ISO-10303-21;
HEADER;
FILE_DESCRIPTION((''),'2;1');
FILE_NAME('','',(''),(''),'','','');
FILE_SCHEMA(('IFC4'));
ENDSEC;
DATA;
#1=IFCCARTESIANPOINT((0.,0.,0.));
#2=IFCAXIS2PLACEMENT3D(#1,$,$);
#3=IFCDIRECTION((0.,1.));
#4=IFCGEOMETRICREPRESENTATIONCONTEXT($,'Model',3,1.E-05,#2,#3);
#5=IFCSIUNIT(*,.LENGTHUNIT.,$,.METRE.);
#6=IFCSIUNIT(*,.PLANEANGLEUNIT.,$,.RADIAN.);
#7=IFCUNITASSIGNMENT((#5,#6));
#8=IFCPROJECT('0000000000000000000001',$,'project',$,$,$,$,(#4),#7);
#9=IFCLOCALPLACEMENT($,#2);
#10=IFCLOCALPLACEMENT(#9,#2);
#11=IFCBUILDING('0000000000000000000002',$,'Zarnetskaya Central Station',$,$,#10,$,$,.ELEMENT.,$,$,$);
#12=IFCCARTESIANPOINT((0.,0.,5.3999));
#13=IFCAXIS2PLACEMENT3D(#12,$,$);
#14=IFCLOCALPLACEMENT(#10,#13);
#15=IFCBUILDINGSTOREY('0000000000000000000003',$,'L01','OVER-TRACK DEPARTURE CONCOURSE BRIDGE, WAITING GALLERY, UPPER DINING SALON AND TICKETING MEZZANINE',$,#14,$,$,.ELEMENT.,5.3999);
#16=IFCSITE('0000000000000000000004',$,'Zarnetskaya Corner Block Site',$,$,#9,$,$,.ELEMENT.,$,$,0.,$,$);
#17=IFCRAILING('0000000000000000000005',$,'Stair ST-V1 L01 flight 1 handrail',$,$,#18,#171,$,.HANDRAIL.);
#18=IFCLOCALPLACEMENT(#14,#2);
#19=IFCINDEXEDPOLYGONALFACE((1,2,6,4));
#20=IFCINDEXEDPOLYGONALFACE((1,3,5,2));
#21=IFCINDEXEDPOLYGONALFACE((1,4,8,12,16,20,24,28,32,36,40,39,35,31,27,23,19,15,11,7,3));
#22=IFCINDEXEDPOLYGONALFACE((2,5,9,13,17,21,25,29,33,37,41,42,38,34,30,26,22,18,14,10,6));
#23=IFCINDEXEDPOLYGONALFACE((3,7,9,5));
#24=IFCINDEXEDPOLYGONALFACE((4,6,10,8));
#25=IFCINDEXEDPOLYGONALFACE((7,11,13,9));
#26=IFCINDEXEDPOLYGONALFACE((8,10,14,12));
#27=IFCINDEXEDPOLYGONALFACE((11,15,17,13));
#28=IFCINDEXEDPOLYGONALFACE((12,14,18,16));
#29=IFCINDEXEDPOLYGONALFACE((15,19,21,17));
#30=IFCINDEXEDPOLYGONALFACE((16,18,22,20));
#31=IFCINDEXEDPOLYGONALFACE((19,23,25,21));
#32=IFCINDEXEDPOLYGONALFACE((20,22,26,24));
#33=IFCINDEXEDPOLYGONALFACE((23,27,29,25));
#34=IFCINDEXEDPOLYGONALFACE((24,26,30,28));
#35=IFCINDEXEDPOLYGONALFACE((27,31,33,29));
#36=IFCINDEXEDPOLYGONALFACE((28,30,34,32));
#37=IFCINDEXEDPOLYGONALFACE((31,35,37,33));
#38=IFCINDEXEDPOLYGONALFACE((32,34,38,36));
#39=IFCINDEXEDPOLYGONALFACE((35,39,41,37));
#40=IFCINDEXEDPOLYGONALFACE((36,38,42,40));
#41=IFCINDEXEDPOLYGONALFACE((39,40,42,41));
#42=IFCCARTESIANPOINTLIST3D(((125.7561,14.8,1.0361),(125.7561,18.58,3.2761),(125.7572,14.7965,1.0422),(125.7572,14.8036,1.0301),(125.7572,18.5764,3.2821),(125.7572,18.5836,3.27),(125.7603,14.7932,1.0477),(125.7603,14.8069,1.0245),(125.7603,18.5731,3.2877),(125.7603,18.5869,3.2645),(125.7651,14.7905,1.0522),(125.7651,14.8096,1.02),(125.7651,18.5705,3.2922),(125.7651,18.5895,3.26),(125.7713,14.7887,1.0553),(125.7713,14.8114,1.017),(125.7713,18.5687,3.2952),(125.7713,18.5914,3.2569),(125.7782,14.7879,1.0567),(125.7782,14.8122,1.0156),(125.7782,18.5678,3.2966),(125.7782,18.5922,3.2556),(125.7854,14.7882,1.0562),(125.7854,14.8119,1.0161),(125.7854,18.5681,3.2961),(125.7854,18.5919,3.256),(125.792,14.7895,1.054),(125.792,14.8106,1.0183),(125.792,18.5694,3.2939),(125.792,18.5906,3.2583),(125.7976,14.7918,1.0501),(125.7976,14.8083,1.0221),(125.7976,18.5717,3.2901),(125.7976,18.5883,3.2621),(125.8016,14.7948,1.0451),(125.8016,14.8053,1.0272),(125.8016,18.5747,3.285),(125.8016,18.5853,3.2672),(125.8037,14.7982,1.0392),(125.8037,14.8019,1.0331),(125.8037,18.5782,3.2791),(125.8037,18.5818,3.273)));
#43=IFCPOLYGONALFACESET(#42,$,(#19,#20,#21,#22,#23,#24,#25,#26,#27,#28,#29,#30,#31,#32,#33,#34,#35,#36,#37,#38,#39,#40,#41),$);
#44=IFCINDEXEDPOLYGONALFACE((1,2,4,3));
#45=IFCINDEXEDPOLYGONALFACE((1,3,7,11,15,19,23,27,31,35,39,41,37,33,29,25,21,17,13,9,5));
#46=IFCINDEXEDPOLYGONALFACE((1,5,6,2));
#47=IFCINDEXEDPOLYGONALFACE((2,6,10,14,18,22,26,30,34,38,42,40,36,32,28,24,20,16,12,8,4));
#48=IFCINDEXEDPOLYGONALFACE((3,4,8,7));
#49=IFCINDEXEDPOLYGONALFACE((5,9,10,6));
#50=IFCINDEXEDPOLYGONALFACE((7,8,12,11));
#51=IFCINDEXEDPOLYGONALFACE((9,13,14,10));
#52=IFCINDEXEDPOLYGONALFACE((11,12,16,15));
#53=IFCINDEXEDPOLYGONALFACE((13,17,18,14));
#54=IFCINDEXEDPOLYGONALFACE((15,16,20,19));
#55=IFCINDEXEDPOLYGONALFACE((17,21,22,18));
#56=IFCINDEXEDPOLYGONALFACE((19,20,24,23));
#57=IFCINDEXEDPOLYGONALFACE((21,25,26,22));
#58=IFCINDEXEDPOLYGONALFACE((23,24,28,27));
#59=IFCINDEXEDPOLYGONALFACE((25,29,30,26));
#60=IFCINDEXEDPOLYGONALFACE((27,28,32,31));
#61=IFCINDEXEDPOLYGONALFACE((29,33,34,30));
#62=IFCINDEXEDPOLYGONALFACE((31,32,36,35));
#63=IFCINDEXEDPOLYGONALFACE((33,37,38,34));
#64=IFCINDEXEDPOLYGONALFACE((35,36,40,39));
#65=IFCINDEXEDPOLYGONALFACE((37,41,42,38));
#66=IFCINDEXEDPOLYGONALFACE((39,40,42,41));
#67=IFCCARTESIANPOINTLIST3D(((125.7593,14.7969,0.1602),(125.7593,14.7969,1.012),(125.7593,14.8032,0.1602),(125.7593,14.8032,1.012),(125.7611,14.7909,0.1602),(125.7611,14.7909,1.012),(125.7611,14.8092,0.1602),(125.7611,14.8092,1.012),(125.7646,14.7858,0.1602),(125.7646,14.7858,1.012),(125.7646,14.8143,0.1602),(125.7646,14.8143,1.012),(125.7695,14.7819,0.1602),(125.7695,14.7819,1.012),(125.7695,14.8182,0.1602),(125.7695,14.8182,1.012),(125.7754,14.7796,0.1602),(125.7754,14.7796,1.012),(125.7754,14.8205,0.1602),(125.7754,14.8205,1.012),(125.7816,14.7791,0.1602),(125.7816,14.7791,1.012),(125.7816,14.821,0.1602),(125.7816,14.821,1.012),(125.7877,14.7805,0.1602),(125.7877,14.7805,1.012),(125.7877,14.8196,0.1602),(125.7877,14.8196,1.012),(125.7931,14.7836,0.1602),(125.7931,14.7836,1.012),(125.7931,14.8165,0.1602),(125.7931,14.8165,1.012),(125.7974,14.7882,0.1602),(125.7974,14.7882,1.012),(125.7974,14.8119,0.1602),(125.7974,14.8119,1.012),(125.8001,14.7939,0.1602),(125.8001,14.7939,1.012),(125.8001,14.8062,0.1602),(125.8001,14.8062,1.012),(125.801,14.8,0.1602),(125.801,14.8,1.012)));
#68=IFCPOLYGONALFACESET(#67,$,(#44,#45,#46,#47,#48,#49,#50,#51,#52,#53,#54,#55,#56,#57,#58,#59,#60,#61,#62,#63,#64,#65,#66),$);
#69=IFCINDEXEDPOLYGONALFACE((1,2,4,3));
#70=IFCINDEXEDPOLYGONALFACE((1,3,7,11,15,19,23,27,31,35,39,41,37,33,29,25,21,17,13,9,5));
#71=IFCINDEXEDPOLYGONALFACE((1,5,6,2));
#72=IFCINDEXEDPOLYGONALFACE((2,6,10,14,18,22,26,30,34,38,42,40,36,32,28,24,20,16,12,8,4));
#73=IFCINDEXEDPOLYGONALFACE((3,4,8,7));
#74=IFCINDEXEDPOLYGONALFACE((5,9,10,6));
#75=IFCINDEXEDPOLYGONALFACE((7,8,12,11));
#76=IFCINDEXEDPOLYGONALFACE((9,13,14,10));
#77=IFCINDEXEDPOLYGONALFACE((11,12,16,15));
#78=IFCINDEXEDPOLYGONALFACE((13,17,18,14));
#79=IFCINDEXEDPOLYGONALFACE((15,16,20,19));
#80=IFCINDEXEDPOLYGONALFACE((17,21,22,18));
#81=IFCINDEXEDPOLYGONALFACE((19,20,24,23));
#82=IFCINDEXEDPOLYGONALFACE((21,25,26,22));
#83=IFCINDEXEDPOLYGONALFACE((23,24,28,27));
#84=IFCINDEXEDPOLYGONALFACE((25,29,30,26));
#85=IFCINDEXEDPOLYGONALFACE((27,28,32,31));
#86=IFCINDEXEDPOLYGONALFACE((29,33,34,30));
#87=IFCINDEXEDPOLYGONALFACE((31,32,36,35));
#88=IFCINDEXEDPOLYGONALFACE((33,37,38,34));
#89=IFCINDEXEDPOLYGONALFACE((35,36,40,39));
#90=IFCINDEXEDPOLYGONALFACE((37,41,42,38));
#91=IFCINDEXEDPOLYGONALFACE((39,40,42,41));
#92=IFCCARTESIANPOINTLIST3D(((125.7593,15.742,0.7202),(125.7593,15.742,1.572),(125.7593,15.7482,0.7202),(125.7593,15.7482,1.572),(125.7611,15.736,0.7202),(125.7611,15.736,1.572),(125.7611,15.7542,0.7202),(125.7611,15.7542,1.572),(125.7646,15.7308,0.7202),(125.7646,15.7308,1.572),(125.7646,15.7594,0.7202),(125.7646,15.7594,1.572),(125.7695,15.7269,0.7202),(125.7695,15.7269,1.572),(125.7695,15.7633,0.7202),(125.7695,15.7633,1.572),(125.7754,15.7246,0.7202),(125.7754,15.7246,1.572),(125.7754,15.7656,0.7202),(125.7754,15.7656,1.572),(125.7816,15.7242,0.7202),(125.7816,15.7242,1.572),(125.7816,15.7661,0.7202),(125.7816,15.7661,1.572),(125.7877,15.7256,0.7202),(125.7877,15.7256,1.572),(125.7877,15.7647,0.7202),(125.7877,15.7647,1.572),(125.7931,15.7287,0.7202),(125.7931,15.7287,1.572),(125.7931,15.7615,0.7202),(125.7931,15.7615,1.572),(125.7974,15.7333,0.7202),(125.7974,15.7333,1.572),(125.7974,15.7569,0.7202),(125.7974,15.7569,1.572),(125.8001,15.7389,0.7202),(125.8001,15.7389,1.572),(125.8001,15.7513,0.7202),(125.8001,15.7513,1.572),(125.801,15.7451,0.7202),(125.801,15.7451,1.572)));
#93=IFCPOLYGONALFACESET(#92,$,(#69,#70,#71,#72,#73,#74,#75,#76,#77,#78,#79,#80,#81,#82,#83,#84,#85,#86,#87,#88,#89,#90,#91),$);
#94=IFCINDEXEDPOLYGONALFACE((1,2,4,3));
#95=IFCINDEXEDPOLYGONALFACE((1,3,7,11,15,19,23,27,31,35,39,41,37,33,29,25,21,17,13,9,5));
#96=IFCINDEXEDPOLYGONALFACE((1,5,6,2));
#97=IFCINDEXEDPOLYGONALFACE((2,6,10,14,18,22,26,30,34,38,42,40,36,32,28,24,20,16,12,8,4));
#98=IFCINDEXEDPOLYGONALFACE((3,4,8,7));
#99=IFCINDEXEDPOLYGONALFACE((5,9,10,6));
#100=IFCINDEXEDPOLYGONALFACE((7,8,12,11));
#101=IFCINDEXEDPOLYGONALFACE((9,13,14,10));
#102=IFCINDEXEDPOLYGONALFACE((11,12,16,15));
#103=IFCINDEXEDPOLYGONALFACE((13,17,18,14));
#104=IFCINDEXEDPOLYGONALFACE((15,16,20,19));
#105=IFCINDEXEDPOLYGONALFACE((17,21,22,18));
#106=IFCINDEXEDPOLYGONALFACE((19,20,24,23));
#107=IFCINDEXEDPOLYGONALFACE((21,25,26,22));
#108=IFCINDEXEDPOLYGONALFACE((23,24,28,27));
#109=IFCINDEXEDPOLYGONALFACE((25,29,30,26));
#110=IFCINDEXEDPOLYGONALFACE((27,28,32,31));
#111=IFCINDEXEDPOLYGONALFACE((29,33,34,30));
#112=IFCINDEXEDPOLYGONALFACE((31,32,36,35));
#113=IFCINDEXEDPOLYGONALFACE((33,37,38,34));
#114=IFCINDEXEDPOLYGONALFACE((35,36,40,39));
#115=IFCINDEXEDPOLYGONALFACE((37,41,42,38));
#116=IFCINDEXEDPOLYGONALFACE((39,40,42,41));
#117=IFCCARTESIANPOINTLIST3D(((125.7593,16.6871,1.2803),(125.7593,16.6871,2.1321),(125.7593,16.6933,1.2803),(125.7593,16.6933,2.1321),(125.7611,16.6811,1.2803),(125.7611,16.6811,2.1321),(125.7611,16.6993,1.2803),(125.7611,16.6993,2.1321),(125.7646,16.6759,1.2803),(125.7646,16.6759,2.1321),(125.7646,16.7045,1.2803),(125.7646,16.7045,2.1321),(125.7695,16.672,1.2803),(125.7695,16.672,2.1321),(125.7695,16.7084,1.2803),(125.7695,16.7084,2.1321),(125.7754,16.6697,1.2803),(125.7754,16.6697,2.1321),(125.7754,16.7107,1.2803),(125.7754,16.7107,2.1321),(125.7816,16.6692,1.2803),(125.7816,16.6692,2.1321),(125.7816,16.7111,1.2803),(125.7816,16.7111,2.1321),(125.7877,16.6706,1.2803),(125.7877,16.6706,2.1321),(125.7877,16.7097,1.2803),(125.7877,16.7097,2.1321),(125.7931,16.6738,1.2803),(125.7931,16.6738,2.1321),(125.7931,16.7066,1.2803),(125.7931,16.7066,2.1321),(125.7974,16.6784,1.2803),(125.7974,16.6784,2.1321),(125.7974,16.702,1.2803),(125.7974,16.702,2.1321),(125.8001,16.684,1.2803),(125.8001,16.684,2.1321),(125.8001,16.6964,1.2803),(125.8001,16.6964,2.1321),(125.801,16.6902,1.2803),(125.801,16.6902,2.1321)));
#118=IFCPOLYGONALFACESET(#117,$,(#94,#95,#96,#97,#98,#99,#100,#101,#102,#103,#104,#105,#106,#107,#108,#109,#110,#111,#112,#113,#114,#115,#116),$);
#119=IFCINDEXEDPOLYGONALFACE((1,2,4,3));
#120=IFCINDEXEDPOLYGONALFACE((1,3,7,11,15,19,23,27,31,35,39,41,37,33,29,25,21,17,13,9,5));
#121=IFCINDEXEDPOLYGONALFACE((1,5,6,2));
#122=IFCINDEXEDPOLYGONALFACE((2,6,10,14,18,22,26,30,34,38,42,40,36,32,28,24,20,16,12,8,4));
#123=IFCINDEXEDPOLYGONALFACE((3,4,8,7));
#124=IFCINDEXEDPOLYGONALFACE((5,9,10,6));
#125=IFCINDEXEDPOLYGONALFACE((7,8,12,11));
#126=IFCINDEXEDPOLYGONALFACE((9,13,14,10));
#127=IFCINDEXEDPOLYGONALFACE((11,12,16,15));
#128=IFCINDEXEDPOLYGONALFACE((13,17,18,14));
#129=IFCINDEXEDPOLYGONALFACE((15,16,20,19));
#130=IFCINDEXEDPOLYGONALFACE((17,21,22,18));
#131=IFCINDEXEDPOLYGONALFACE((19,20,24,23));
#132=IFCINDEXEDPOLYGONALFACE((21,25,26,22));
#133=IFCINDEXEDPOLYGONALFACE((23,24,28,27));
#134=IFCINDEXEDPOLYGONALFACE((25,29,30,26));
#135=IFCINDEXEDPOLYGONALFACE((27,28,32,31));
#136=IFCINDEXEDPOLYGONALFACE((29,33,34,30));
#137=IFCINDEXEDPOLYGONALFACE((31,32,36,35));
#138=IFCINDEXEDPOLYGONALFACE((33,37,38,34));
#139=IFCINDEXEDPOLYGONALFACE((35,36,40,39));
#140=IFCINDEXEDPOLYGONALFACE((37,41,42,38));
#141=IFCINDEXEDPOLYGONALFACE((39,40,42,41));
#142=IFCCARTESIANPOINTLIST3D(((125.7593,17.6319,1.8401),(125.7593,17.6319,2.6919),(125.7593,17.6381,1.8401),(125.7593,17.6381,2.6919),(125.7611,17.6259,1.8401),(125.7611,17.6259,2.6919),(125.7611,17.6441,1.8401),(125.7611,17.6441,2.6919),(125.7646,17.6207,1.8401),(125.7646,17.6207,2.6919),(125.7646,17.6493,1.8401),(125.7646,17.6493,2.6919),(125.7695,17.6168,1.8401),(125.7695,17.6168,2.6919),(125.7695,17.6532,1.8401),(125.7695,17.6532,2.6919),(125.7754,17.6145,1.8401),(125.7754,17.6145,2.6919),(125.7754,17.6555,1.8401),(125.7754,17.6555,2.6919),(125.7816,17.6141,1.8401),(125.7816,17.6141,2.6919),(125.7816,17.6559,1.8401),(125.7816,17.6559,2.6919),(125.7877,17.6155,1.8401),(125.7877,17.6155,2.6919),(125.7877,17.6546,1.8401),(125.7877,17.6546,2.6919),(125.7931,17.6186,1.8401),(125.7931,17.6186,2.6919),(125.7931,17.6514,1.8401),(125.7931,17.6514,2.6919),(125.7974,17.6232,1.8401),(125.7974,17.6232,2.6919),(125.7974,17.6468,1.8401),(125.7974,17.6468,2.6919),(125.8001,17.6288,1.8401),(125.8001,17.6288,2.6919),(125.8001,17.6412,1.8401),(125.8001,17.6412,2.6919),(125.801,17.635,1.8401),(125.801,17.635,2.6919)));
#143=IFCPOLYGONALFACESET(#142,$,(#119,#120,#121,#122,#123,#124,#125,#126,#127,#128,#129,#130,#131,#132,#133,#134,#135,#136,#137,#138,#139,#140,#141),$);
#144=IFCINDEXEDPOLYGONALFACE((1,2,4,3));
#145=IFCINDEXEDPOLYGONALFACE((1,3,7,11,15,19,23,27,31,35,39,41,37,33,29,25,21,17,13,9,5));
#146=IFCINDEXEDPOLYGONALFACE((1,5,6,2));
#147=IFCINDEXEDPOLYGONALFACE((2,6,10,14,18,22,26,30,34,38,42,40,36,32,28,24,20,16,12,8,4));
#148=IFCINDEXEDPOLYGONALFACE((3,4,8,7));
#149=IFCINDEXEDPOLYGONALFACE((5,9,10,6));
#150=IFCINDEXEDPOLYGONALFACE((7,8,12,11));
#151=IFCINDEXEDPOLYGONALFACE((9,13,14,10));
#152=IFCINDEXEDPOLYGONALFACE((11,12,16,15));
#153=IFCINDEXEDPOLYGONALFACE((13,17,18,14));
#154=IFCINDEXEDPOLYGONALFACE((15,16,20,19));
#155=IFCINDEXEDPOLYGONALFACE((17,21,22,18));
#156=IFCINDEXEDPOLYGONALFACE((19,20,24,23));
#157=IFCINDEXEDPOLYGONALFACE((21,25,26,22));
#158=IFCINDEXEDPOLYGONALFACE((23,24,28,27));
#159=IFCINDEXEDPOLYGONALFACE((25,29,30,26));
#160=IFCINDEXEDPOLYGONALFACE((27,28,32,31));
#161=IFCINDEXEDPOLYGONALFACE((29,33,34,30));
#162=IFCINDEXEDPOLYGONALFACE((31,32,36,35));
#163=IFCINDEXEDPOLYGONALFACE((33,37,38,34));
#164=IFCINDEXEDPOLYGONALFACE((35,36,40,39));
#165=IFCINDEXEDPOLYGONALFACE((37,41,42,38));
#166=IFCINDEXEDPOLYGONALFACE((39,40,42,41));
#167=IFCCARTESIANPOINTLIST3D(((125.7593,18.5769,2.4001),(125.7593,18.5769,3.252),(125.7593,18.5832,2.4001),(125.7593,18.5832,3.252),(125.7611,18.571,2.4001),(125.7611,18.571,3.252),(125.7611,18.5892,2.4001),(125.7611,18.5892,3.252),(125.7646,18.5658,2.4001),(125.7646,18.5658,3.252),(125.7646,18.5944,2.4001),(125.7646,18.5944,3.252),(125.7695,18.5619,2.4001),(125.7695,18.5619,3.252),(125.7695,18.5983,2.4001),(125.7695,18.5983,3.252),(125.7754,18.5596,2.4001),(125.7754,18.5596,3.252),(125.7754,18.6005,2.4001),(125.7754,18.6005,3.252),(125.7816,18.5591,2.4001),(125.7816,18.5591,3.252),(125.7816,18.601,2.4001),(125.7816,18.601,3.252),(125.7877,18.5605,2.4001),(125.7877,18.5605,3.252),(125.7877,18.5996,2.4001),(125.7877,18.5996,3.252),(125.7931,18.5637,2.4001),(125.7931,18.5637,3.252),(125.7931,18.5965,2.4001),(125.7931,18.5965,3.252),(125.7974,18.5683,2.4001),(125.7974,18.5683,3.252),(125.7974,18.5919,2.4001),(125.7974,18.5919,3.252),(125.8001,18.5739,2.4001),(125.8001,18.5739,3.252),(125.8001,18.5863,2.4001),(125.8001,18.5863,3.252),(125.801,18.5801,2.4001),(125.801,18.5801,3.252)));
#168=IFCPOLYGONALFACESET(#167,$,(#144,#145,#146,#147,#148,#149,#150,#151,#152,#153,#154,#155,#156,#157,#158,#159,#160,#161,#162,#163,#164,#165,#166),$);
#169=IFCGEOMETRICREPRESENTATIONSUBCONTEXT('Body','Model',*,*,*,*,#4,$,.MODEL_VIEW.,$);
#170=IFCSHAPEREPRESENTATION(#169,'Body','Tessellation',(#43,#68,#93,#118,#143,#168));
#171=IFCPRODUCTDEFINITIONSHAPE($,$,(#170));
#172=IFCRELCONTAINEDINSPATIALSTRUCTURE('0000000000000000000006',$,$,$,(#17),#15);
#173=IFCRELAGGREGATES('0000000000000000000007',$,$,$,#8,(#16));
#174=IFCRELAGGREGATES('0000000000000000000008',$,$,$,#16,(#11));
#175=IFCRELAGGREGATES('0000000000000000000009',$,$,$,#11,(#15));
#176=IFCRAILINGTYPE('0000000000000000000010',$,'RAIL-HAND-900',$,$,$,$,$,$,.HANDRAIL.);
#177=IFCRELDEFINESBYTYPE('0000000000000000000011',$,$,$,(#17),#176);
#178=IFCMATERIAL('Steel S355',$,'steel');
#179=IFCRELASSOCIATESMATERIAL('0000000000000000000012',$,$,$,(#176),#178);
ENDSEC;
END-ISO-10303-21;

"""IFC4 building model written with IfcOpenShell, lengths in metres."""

from ifc_helpers import new_model, si_unit, direction, frame, origin, origin_2d, place, context, subcontext, project, spatial, circle, extrude, material, type_object, element, save


model = new_model("IFC4")

# Units and contexts
model_context = context("Model", 3, precision=1e-05, world=origin(), true_north=direction((0.0, 1.0)))
body_context = subcontext(model_context, "Body", "Model", "MODEL_VIEW")
ifc_project = project(units=[si_unit("LENGTHUNIT", "METRE"), si_unit("PLANEANGLEUNIT", "RADIAN")], contexts=[model_context])

# Site, building, storey
site_placement = place(None, origin())
site = spatial("IfcSite", under=ifc_project, at=site_placement, Name="Zarnetskaya Corner Block Site", CompositionType="ELEMENT", RefElevation=0.0)
building_placement = place(site_placement, origin())
building = spatial("IfcBuilding", under=site, at=building_placement, Name="Zarnetskaya Central Station", CompositionType="ELEMENT")
storey_placement = place(building_placement, frame((0.0, 0.0, 5.3999)))
storey = spatial("IfcBuildingStorey", under=building, at=storey_placement, Name="L01", Description="OVER-TRACK DEPARTURE CONCOURSE BRIDGE, WAITING GALLERY, UPPER DINING SALON AND TICKETING MEZZANINE", CompositionType="ELEMENT", Elevation=5.3999)

# Railing
ifc_material_1 = material(Name="Steel S355", Category="steel")
railing_type_1 = type_object("IfcRailingType", Name="RAIL-HAND-900", PredefinedType="HANDRAIL", material=ifc_material_1)
railing_1_placement = place(storey_placement, frame((125.78, 14.8, 0.1602)))
element("IfcRailing", 1, at=railing_1_placement, inside=storey, type_object=railing_type_1, Name="Stair ST-V1 L01 flight 1 handrail", PredefinedType="HANDRAIL", context=body_context, shape_type="SweptSolid", body=[
    extrude(circle(Radius=0.0239, at=origin_2d()), frame((0.0, 0.0, 0.876), z_axis=(0.0, 0.860294, 0.509798), x_axis=(-1.0, 0.0, 0.0)), (0.0, 0.0, 1.0), 4.3938),
    extrude(circle(Radius=0.021, at=origin_2d()), origin(), (0.0, 0.0, 1.0), 0.8518),
    extrude(circle(Radius=0.021, at=origin_2d()), frame((0.0, 0.9451, 0.5601)), (0.0, 0.0, 1.0), 0.8518),
    extrude(circle(Radius=0.021, at=origin_2d()), frame((0.0, 1.8901, 1.1201)), (0.0, 0.0, 1.0), 0.8518),
    extrude(circle(Radius=0.021, at=origin_2d()), frame((0.0, 2.835, 1.6799)), (0.0, 0.0, 1.0), 0.8518),
    extrude(circle(Radius=0.021, at=origin_2d()), frame((0.0, 3.78, 2.24)), (0.0, 0.0, 1.0), 0.8518),
])

save(model, "model.ifc")
